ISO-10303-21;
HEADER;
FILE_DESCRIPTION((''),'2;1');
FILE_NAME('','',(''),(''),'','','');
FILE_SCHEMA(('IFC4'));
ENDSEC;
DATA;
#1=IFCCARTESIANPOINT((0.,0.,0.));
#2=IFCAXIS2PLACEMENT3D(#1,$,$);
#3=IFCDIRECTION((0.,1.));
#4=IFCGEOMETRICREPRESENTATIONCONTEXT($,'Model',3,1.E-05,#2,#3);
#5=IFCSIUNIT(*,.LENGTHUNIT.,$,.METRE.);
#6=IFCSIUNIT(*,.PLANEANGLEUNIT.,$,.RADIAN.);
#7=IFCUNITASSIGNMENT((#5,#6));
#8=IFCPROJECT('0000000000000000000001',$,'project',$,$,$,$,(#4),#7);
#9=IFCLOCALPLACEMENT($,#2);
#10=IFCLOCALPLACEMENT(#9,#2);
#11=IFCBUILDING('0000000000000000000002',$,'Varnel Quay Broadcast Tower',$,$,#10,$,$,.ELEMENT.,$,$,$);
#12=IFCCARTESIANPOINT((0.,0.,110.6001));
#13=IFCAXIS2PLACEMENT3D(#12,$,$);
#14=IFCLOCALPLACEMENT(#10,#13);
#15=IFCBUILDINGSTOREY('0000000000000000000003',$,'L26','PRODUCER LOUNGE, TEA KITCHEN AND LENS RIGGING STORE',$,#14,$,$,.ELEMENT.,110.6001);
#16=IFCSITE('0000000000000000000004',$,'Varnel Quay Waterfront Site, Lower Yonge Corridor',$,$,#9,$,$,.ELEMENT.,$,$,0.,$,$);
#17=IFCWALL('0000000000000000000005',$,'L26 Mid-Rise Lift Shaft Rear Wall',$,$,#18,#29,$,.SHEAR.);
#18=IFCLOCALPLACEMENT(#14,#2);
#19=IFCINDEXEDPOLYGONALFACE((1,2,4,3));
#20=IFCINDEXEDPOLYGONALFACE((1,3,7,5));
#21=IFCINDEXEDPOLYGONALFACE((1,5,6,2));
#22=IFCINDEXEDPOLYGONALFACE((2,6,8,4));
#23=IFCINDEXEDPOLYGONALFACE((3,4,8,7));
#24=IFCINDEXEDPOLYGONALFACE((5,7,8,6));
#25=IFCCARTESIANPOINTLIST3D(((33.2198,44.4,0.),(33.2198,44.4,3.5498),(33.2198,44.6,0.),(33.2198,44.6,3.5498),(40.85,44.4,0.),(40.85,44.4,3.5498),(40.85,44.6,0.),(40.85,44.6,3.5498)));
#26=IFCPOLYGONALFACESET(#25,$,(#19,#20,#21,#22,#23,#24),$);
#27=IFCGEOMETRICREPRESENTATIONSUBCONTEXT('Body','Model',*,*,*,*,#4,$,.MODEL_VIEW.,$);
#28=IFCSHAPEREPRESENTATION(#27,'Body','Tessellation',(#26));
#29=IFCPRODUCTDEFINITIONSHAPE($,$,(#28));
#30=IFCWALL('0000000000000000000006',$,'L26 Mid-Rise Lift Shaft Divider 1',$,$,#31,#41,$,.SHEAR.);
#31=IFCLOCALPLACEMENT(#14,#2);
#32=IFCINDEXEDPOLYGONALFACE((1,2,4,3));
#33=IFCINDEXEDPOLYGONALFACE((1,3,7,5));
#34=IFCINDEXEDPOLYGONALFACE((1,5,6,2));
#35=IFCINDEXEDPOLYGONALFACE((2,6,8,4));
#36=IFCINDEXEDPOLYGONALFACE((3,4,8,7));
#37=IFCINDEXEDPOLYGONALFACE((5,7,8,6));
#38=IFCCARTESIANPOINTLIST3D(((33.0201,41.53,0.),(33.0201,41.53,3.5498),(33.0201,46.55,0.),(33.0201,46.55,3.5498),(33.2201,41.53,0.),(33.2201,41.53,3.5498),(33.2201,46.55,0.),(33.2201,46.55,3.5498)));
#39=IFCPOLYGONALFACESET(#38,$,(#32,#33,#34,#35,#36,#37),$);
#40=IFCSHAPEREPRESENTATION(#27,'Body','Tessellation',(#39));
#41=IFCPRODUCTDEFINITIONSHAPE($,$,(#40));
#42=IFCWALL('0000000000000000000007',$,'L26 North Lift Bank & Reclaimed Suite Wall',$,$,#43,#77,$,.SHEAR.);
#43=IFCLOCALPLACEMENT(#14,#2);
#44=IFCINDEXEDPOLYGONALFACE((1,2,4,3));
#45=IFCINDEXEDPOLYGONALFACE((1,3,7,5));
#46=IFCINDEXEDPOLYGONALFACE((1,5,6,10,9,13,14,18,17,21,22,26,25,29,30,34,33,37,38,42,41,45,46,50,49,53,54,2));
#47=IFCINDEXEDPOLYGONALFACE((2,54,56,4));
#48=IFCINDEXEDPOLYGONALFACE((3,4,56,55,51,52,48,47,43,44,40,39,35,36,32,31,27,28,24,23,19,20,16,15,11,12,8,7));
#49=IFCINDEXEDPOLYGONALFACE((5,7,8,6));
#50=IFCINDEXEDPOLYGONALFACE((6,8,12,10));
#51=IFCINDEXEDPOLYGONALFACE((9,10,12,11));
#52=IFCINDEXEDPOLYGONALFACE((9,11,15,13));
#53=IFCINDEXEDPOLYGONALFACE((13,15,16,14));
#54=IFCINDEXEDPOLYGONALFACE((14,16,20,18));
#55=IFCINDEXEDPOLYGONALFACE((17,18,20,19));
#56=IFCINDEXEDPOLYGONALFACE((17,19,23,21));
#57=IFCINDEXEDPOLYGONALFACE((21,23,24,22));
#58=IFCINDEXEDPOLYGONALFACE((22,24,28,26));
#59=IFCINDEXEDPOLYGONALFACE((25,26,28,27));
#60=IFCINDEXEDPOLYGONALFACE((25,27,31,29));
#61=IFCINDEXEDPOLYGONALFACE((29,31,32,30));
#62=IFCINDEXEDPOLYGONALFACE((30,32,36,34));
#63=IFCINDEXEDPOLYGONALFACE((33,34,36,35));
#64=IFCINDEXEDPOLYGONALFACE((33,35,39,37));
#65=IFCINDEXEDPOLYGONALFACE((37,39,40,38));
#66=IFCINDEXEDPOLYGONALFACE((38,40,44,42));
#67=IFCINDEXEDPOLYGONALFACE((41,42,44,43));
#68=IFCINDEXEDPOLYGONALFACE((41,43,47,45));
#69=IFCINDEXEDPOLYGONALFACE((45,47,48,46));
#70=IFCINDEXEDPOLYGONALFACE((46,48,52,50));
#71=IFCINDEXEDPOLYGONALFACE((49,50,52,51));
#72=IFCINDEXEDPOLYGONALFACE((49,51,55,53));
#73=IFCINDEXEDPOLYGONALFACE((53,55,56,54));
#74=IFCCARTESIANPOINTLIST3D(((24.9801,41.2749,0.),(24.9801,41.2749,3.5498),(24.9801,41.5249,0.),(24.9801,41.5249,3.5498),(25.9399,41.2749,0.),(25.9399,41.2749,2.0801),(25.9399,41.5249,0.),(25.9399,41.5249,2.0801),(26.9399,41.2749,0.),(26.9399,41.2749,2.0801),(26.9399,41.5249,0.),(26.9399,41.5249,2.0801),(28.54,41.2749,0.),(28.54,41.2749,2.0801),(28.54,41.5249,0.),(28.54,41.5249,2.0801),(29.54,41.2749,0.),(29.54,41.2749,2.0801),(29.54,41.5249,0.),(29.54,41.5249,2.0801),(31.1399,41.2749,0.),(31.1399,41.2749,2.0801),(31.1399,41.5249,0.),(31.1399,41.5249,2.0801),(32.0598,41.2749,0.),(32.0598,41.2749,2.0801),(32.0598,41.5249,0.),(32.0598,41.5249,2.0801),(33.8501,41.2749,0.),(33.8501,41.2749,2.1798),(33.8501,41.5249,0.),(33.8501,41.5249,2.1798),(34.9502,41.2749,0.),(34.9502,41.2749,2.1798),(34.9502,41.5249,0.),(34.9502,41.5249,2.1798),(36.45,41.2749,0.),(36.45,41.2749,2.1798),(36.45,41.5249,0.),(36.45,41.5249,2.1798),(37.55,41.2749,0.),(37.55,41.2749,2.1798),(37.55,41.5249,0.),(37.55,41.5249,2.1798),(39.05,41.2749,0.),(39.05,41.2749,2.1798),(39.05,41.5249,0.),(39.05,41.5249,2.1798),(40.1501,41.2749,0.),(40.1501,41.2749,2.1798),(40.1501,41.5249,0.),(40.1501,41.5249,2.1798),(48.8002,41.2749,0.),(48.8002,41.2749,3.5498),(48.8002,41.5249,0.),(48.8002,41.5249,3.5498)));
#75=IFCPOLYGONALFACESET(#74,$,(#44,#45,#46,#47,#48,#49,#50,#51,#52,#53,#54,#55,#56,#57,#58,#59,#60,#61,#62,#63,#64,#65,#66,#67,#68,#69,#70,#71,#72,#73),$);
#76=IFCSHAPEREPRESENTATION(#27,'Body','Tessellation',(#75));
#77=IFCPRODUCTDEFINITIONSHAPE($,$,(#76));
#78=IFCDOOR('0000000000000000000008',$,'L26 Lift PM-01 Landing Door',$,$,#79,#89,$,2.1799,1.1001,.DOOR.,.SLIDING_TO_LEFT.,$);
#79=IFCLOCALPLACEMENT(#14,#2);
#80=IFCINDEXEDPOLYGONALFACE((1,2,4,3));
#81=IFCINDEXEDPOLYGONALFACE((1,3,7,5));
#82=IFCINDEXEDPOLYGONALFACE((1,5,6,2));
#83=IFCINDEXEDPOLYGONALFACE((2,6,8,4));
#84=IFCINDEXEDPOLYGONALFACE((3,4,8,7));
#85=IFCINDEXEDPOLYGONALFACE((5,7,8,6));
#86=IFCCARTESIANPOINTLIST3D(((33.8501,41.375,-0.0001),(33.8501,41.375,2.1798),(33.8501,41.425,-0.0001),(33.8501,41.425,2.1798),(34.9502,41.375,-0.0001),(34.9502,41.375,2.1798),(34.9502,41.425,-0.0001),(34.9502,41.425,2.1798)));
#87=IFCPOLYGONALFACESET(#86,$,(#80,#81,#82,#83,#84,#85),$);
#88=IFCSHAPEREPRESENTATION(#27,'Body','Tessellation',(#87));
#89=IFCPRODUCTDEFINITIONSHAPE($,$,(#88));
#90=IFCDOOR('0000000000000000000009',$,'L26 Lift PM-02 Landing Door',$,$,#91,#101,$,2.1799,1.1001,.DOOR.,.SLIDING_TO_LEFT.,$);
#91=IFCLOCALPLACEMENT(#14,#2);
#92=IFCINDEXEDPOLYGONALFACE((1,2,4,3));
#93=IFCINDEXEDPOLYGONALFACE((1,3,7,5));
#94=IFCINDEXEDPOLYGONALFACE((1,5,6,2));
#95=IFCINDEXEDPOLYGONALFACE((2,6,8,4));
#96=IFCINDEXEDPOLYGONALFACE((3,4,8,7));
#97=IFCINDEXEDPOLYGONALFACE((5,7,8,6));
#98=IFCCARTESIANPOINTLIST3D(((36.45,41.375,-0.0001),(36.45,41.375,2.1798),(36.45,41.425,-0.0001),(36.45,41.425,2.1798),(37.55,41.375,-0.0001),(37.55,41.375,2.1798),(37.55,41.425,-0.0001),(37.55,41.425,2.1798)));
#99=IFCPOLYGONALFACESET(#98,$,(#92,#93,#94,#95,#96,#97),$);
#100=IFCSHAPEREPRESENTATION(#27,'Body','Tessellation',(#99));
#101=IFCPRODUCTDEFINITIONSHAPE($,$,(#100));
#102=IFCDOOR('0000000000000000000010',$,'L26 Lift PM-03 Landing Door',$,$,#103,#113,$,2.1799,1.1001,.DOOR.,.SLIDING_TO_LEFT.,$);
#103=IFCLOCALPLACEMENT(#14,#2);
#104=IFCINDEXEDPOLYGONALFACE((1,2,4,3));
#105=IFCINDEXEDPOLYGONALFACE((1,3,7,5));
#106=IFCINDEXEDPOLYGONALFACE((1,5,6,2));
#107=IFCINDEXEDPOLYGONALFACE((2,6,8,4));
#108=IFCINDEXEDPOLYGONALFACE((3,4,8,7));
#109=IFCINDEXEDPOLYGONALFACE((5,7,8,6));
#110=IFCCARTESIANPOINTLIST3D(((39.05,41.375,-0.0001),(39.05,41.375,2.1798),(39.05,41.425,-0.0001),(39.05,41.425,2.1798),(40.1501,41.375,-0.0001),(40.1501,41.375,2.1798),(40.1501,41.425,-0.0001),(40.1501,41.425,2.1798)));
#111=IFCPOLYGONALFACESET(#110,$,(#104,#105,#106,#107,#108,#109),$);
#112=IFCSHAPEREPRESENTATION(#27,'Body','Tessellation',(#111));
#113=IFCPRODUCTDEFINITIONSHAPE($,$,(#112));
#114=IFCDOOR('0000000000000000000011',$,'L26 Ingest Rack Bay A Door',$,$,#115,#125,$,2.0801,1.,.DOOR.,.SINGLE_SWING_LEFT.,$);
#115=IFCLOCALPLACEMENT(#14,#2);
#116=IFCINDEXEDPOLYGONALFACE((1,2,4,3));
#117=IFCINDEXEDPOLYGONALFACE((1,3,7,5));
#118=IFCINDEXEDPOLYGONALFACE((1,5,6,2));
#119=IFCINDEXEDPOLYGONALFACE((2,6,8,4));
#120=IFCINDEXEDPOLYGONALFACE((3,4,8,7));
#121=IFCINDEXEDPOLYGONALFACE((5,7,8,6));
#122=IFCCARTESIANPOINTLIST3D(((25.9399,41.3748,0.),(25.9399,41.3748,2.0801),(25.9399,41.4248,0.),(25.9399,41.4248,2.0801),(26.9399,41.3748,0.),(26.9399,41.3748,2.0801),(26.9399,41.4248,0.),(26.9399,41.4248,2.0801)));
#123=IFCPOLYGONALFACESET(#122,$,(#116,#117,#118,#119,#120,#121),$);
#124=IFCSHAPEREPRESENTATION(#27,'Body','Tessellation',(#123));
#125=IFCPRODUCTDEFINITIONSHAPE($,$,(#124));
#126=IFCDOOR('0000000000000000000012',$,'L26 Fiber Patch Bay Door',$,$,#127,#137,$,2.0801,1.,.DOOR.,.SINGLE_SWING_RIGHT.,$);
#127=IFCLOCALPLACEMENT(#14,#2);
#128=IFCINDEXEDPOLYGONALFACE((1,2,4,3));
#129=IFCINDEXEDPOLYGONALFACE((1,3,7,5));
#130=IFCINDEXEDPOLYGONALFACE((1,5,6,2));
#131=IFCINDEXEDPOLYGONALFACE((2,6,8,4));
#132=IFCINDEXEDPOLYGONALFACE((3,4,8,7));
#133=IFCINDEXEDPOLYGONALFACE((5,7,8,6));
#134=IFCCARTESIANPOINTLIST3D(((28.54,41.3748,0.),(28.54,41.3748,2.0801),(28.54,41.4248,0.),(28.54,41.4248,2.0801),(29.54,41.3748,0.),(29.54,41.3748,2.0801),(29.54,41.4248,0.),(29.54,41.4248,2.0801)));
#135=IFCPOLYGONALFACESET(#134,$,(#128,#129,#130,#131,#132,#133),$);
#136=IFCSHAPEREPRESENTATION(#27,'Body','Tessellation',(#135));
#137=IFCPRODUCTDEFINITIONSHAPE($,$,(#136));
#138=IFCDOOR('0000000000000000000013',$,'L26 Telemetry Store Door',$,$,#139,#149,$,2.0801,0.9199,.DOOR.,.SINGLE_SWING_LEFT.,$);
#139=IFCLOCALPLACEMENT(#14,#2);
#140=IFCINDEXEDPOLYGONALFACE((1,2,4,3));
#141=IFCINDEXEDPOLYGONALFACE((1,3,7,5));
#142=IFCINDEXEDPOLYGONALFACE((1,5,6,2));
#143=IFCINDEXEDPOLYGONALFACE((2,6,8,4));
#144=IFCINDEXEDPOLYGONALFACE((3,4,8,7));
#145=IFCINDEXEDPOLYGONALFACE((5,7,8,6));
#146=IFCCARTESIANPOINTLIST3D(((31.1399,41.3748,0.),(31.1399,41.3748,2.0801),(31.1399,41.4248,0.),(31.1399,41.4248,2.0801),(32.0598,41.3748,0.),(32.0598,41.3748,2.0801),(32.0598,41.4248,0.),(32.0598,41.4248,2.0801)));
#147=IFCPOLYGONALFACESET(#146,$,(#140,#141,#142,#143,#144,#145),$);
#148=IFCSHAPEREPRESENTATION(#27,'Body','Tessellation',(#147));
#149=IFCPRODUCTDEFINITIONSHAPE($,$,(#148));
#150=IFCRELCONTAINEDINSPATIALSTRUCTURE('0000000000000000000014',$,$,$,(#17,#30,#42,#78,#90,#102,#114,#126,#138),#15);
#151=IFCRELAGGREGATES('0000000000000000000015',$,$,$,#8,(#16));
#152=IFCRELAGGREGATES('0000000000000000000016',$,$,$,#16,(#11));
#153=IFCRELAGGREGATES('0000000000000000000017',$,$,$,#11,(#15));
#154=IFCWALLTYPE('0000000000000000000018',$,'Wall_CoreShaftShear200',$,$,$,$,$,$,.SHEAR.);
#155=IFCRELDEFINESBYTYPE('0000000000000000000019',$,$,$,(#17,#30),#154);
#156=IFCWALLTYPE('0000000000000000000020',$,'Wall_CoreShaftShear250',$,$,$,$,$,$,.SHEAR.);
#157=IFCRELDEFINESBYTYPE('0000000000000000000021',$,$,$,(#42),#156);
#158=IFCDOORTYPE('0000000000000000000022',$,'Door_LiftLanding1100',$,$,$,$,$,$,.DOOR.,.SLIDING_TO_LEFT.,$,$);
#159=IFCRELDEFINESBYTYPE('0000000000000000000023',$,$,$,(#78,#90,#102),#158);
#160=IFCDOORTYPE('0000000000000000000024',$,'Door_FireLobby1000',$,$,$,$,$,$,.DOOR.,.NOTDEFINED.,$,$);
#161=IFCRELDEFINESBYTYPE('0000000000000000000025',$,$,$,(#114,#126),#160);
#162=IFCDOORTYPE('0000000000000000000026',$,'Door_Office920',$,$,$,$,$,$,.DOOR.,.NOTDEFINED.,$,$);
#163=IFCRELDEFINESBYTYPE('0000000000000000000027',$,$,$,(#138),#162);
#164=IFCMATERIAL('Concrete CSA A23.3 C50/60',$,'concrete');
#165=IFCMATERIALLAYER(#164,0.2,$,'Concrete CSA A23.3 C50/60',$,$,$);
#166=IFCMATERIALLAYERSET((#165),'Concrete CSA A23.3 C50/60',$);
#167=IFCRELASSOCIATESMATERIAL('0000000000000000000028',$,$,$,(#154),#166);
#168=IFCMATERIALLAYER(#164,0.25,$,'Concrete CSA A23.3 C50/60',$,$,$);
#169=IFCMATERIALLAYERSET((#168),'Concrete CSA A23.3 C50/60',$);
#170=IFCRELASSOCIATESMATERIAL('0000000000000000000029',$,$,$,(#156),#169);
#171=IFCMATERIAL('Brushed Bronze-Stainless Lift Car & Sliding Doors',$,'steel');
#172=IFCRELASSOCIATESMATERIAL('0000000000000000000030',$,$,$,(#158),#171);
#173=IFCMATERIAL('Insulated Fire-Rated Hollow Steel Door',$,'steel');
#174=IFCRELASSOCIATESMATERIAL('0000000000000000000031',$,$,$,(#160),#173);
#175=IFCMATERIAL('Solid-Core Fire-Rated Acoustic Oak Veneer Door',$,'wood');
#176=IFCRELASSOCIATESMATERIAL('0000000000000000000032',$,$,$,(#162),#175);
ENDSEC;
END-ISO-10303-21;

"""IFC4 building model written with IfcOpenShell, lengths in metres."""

from ifc_helpers import new_model, si_unit, direction, frame, frame_2d, origin, place, context, subcontext, project, spatial, rectangle, extrude, source, transform, mapped, material, layer, layer_set, type_object, type_shapes, element, fill, save


model = new_model("IFC4")

# Units and contexts
model_context = context("Model", 3, precision=1e-05, world=origin(), true_north=direction((0.0, 1.0)))
body_context = subcontext(model_context, "Body", "Model", "MODEL_VIEW")
ifc_project = project(units=[si_unit("LENGTHUNIT", "METRE"), si_unit("PLANEANGLEUNIT", "RADIAN")], contexts=[model_context])

# Site, building, storey
site_placement = place(None, origin())
site = spatial("IfcSite", under=ifc_project, at=site_placement, Name="Varnel Quay Waterfront Site, Lower Yonge Corridor", CompositionType="ELEMENT", RefElevation=0.0)
building_placement = place(site_placement, origin())
building = spatial("IfcBuilding", under=site, at=building_placement, Name="Varnel Quay Broadcast Tower", CompositionType="ELEMENT")
storey_placement = place(building_placement, frame((0.0, 0.0, 110.6001)))
storey = spatial("IfcBuildingStorey", under=building, at=storey_placement, Name="L26", Description="PRODUCER LOUNGE, TEA KITCHEN AND LENS RIGGING STORE", CompositionType="ELEMENT", Elevation=110.6001)

# Walls
ifc_material_1 = material(Name="Concrete CSA A23.3 C50/60", Category="concrete")
ifc_layer_1 = layer(ifc_material_1, 0.2, Name="Concrete CSA A23.3 C50/60")
ifc_layer_set_1 = layer_set([ifc_layer_1], Name="Concrete CSA A23.3 C50/60")
wall_type_1 = type_object("IfcWallType", Name="Wall_CoreShaftShear200", PredefinedType="SHEAR", material=ifc_layer_set_1)
wall_1_placement = place(storey_placement, frame((33.22, 44.5, 0.0), z_axis=(0.0, 0.0, 1.0), x_axis=(1.0, 0.0, 0.0)))
element("IfcWall", 1, at=wall_1_placement, inside=storey, type_object=wall_type_1, Name="L26 Mid-Rise Lift Shaft Rear Wall", PredefinedType="SHEAR", context=body_context, shape_type="SweptSolid", body=[
    extrude(rectangle(XDim=7.6301, YDim=0.2, at=frame_2d((3.8149, 0.0))), origin(), (0.0, 0.0, 1.0), 3.5498),
])
wall_2_placement = place(storey_placement, frame((33.1201, 41.53, 0.0), z_axis=(0.0, 0.0, 1.0), x_axis=(0.0, 1.0, 0.0)))
element("IfcWall", 2, at=wall_2_placement, inside=storey, type_object=wall_type_1, Name="L26 Mid-Rise Lift Shaft Divider 1", PredefinedType="SHEAR", context=body_context, shape_type="SweptSolid", body=[
    extrude(rectangle(XDim=5.02, YDim=0.2, at=frame_2d((2.51, 0.0))), origin(), (0.0, 0.0, 1.0), 3.5498),
])

# Wall, openings, doors
ifc_layer_2 = layer(ifc_material_1, 0.25, Name="Concrete CSA A23.3 C50/60")
ifc_layer_set_2 = layer_set([ifc_layer_2], Name="Concrete CSA A23.3 C50/60")
wall_type_2 = type_object("IfcWallType", Name="Wall_CoreShaftShear250", PredefinedType="SHEAR", material=ifc_layer_set_2)
wall_3_placement = place(storey_placement, frame((24.98, 41.3999, 0.0), z_axis=(0.0, 0.0, 1.0), x_axis=(1.0, 0.0, 0.0)))
wall_3 = element("IfcWall", 3, at=wall_3_placement, inside=storey, type_object=wall_type_2, Name="L26 North Lift Bank & Reclaimed Suite Wall", PredefinedType="SHEAR", context=body_context, shape_type="SweptSolid", body=[
    extrude(rectangle(XDim=23.8201, YDim=0.25, at=frame_2d((11.9102, 0.0))), origin(), (0.0, 0.0, 1.0), 3.5498),
])
opening_1_placement = place(wall_3_placement, frame((8.8701, 0.0, 0.0)))
opening_1 = element("IfcOpeningElement", 4, at=opening_1_placement, cuts=wall_3, PredefinedType="OPENING", context=body_context, shape_type="SweptSolid", body=[
    extrude(rectangle(XDim=1.1001, YDim=2.1799, at=frame_2d((0.55, 1.0898))), frame((0.0, 0.135, 0.0), z_axis=(0.0, -1.0, 0.0), x_axis=(1.0, 0.0, 0.0)), (0.0, 0.0, 1.0), 0.27),
])
opening_2_placement = place(wall_3_placement, frame((11.47, 0.0, 0.0)))
opening_2 = element("IfcOpeningElement", 5, at=opening_2_placement, cuts=wall_3, PredefinedType="OPENING", context=body_context, shape_type="SweptSolid", body=[
    extrude(rectangle(XDim=1.1001, YDim=2.1799, at=frame_2d((0.55, 1.0898))), frame((0.0, 0.135, 0.0), z_axis=(0.0, -1.0, 0.0), x_axis=(1.0, 0.0, 0.0)), (0.0, 0.0, 1.0), 0.27),
])
opening_3_placement = place(wall_3_placement, frame((14.0701, 0.0, 0.0)))
opening_3 = element("IfcOpeningElement", 6, at=opening_3_placement, cuts=wall_3, PredefinedType="OPENING", context=body_context, shape_type="SweptSolid", body=[
    extrude(rectangle(XDim=1.1001, YDim=2.1799, at=frame_2d((0.55, 1.0898))), frame((0.0, 0.135, 0.0), z_axis=(0.0, -1.0, 0.0), x_axis=(1.0, 0.0, 0.0)), (0.0, 0.0, 1.0), 0.27),
])
opening_4_placement = place(wall_3_placement, frame((0.96, 0.0, 0.0)))
opening_4 = element("IfcOpeningElement", 7, at=opening_4_placement, cuts=wall_3, PredefinedType="OPENING", context=body_context, shape_type="SweptSolid", body=[
    extrude(rectangle(XDim=1.0, YDim=2.0801, at=frame_2d((0.5, 1.04))), frame((0.0, 0.135, 0.0), z_axis=(0.0, -1.0, 0.0), x_axis=(1.0, 0.0, 0.0)), (0.0, 0.0, 1.0), 0.27),
])
opening_5_placement = place(wall_3_placement, frame((3.5601, 0.0, 0.0)))
opening_5 = element("IfcOpeningElement", 8, at=opening_5_placement, cuts=wall_3, PredefinedType="OPENING", context=body_context, shape_type="SweptSolid", body=[
    extrude(rectangle(XDim=1.0, YDim=2.0801, at=frame_2d((0.5, 1.04))), frame((0.0, 0.135, 0.0), z_axis=(0.0, -1.0, 0.0), x_axis=(1.0, 0.0, 0.0)), (0.0, 0.0, 1.0), 0.27),
])
opening_6_placement = place(wall_3_placement, frame((6.1599, 0.0, 0.0)))
opening_6 = element("IfcOpeningElement", 9, at=opening_6_placement, cuts=wall_3, PredefinedType="OPENING", context=body_context, shape_type="SweptSolid", body=[
    extrude(rectangle(XDim=0.9199, YDim=2.0801, at=frame_2d((0.46, 1.04))), frame((0.0, 0.135, 0.0), z_axis=(0.0, -1.0, 0.0), x_axis=(1.0, 0.0, 0.0)), (0.0, 0.0, 1.0), 0.27),
])
ifc_material_2 = material(Name="Brushed Bronze-Stainless Lift Car & Sliding Doors", Category="steel")
door_type_1 = type_object("IfcDoorType", Name="Door_LiftLanding1100", OperationType="SLIDING_TO_LEFT", PredefinedType="DOOR", material=ifc_material_2)
shared_shape_1 = source(origin(), body_context, "Body", "SweptSolid", [
    extrude(rectangle(XDim=1.1001, YDim=2.1799, at=frame_2d((0.55, 1.0898))), frame((0.0, 0.0249, 0.0), z_axis=(0.0, -1.0, 0.0), x_axis=(1.0, 0.0, 0.0)), (0.0, 0.0, 1.0), 0.05),
])
type_shapes(door_type_1, [shared_shape_1])
door_1_placement = place(opening_1_placement, frame((1.1001, 0.0, 0.0), z_axis=(0.0, 0.0, 1.0), x_axis=(-1.0, 0.0, 0.0)))
door_1 = element("IfcDoor", 10, at=door_1_placement, inside=storey, type_object=door_type_1, Name="L26 Lift PM-01 Landing Door", OperationType="SLIDING_TO_LEFT", OverallHeight=2.1799, OverallWidth=1.1001, PredefinedType="DOOR", context=body_context, shape_type="MappedRepresentation", body=[
    mapped(shared_shape_1, transform((0.0, 0.0, 0.0), x_axis=(1.0, 0.0, 0.0), y_axis=(0.0, 1.0, 0.0), z_axis=(0.0, 0.0, 1.0), scale=1.0)),
])
fill(opening_1, door_1)
door_2_placement = place(opening_2_placement, frame((1.1001, 0.0, 0.0), z_axis=(0.0, 0.0, 1.0), x_axis=(-1.0, 0.0, 0.0)))
door_2 = element("IfcDoor", 11, at=door_2_placement, inside=storey, type_object=door_type_1, Name="L26 Lift PM-02 Landing Door", OperationType="SLIDING_TO_LEFT", OverallHeight=2.1799, OverallWidth=1.1001, PredefinedType="DOOR", context=body_context, shape_type="MappedRepresentation", body=[
    mapped(shared_shape_1, transform((0.0, 0.0, 0.0), x_axis=(1.0, 0.0, 0.0), y_axis=(0.0, 1.0, 0.0), z_axis=(0.0, 0.0, 1.0), scale=1.0)),
])
fill(opening_2, door_2)
door_3_placement = place(opening_3_placement, frame((1.1001, 0.0, 0.0), z_axis=(0.0, 0.0, 1.0), x_axis=(-1.0, 0.0, 0.0)))
door_3 = element("IfcDoor", 12, at=door_3_placement, inside=storey, type_object=door_type_1, Name="L26 Lift PM-03 Landing Door", OperationType="SLIDING_TO_LEFT", OverallHeight=2.1799, OverallWidth=1.1001, PredefinedType="DOOR", context=body_context, shape_type="MappedRepresentation", body=[
    mapped(shared_shape_1, transform((0.0, 0.0, 0.0), x_axis=(1.0, 0.0, 0.0), y_axis=(0.0, 1.0, 0.0), z_axis=(0.0, 0.0, 1.0), scale=1.0)),
])
fill(opening_3, door_3)
ifc_material_3 = material(Name="Insulated Fire-Rated Hollow Steel Door", Category="steel")
door_type_2 = type_object("IfcDoorType", Name="Door_FireLobby1000", OperationType="NOTDEFINED", PredefinedType="DOOR", material=ifc_material_3)
shared_shape_2 = source(origin(), body_context, "Body", "SweptSolid", [
    extrude(rectangle(XDim=1.0, YDim=2.0801, at=frame_2d((0.5, 1.04))), frame((0.0, 0.0249, 0.0), z_axis=(0.0, -1.0, 0.0), x_axis=(1.0, 0.0, 0.0)), (0.0, 0.0, 1.0), 0.05),
])
type_shapes(door_type_2, [shared_shape_2])
door_4_placement = place(opening_4_placement, origin())
door_4 = element("IfcDoor", 13, at=door_4_placement, inside=storey, type_object=door_type_2, Name="L26 Ingest Rack Bay A Door", OperationType="SINGLE_SWING_LEFT", OverallHeight=2.0801, OverallWidth=1.0, PredefinedType="DOOR", context=body_context, shape_type="MappedRepresentation", body=[
    mapped(shared_shape_2, transform((0.0, 0.0, 0.0), x_axis=(1.0, 0.0, 0.0), y_axis=(0.0, 1.0, 0.0), z_axis=(0.0, 0.0, 1.0), scale=1.0)),
])
fill(opening_4, door_4)
door_5_placement = place(opening_5_placement, origin())
door_5 = element("IfcDoor", 14, at=door_5_placement, inside=storey, type_object=door_type_2, Name="L26 Fiber Patch Bay Door", OperationType="SINGLE_SWING_RIGHT", OverallHeight=2.0801, OverallWidth=1.0, PredefinedType="DOOR", context=body_context, shape_type="MappedRepresentation", body=[
    mapped(shared_shape_2, transform((0.0, 0.0, 0.0), x_axis=(1.0, 0.0, 0.0), y_axis=(0.0, 1.0, 0.0), z_axis=(0.0, 0.0, 1.0), scale=1.0)),
])
fill(opening_5, door_5)
ifc_material_4 = material(Name="Solid-Core Fire-Rated Acoustic Oak Veneer Door", Category="wood")
door_type_3 = type_object("IfcDoorType", Name="Door_Office920", OperationType="NOTDEFINED", PredefinedType="DOOR", material=ifc_material_4)
shared_shape_3 = source(origin(), body_context, "Body", "SweptSolid", [
    extrude(rectangle(XDim=0.9199, YDim=2.0801, at=frame_2d((0.46, 1.04))), frame((0.0, 0.0249, 0.0), z_axis=(0.0, -1.0, 0.0), x_axis=(1.0, 0.0, 0.0)), (0.0, 0.0, 1.0), 0.05),
])
type_shapes(door_type_3, [shared_shape_3])
door_6_placement = place(opening_6_placement, origin())
door_6 = element("IfcDoor", 15, at=door_6_placement, inside=storey, type_object=door_type_3, Name="L26 Telemetry Store Door", OperationType="SINGLE_SWING_LEFT", OverallHeight=2.0801, OverallWidth=0.9199, PredefinedType="DOOR", context=body_context, shape_type="MappedRepresentation", body=[
    mapped(shared_shape_3, transform((0.0, 0.0, 0.0), x_axis=(1.0, 0.0, 0.0), y_axis=(0.0, 1.0, 0.0), z_axis=(0.0, 0.0, 1.0), scale=1.0)),
])
fill(opening_6, door_6)

save(model, "model.ifc")
